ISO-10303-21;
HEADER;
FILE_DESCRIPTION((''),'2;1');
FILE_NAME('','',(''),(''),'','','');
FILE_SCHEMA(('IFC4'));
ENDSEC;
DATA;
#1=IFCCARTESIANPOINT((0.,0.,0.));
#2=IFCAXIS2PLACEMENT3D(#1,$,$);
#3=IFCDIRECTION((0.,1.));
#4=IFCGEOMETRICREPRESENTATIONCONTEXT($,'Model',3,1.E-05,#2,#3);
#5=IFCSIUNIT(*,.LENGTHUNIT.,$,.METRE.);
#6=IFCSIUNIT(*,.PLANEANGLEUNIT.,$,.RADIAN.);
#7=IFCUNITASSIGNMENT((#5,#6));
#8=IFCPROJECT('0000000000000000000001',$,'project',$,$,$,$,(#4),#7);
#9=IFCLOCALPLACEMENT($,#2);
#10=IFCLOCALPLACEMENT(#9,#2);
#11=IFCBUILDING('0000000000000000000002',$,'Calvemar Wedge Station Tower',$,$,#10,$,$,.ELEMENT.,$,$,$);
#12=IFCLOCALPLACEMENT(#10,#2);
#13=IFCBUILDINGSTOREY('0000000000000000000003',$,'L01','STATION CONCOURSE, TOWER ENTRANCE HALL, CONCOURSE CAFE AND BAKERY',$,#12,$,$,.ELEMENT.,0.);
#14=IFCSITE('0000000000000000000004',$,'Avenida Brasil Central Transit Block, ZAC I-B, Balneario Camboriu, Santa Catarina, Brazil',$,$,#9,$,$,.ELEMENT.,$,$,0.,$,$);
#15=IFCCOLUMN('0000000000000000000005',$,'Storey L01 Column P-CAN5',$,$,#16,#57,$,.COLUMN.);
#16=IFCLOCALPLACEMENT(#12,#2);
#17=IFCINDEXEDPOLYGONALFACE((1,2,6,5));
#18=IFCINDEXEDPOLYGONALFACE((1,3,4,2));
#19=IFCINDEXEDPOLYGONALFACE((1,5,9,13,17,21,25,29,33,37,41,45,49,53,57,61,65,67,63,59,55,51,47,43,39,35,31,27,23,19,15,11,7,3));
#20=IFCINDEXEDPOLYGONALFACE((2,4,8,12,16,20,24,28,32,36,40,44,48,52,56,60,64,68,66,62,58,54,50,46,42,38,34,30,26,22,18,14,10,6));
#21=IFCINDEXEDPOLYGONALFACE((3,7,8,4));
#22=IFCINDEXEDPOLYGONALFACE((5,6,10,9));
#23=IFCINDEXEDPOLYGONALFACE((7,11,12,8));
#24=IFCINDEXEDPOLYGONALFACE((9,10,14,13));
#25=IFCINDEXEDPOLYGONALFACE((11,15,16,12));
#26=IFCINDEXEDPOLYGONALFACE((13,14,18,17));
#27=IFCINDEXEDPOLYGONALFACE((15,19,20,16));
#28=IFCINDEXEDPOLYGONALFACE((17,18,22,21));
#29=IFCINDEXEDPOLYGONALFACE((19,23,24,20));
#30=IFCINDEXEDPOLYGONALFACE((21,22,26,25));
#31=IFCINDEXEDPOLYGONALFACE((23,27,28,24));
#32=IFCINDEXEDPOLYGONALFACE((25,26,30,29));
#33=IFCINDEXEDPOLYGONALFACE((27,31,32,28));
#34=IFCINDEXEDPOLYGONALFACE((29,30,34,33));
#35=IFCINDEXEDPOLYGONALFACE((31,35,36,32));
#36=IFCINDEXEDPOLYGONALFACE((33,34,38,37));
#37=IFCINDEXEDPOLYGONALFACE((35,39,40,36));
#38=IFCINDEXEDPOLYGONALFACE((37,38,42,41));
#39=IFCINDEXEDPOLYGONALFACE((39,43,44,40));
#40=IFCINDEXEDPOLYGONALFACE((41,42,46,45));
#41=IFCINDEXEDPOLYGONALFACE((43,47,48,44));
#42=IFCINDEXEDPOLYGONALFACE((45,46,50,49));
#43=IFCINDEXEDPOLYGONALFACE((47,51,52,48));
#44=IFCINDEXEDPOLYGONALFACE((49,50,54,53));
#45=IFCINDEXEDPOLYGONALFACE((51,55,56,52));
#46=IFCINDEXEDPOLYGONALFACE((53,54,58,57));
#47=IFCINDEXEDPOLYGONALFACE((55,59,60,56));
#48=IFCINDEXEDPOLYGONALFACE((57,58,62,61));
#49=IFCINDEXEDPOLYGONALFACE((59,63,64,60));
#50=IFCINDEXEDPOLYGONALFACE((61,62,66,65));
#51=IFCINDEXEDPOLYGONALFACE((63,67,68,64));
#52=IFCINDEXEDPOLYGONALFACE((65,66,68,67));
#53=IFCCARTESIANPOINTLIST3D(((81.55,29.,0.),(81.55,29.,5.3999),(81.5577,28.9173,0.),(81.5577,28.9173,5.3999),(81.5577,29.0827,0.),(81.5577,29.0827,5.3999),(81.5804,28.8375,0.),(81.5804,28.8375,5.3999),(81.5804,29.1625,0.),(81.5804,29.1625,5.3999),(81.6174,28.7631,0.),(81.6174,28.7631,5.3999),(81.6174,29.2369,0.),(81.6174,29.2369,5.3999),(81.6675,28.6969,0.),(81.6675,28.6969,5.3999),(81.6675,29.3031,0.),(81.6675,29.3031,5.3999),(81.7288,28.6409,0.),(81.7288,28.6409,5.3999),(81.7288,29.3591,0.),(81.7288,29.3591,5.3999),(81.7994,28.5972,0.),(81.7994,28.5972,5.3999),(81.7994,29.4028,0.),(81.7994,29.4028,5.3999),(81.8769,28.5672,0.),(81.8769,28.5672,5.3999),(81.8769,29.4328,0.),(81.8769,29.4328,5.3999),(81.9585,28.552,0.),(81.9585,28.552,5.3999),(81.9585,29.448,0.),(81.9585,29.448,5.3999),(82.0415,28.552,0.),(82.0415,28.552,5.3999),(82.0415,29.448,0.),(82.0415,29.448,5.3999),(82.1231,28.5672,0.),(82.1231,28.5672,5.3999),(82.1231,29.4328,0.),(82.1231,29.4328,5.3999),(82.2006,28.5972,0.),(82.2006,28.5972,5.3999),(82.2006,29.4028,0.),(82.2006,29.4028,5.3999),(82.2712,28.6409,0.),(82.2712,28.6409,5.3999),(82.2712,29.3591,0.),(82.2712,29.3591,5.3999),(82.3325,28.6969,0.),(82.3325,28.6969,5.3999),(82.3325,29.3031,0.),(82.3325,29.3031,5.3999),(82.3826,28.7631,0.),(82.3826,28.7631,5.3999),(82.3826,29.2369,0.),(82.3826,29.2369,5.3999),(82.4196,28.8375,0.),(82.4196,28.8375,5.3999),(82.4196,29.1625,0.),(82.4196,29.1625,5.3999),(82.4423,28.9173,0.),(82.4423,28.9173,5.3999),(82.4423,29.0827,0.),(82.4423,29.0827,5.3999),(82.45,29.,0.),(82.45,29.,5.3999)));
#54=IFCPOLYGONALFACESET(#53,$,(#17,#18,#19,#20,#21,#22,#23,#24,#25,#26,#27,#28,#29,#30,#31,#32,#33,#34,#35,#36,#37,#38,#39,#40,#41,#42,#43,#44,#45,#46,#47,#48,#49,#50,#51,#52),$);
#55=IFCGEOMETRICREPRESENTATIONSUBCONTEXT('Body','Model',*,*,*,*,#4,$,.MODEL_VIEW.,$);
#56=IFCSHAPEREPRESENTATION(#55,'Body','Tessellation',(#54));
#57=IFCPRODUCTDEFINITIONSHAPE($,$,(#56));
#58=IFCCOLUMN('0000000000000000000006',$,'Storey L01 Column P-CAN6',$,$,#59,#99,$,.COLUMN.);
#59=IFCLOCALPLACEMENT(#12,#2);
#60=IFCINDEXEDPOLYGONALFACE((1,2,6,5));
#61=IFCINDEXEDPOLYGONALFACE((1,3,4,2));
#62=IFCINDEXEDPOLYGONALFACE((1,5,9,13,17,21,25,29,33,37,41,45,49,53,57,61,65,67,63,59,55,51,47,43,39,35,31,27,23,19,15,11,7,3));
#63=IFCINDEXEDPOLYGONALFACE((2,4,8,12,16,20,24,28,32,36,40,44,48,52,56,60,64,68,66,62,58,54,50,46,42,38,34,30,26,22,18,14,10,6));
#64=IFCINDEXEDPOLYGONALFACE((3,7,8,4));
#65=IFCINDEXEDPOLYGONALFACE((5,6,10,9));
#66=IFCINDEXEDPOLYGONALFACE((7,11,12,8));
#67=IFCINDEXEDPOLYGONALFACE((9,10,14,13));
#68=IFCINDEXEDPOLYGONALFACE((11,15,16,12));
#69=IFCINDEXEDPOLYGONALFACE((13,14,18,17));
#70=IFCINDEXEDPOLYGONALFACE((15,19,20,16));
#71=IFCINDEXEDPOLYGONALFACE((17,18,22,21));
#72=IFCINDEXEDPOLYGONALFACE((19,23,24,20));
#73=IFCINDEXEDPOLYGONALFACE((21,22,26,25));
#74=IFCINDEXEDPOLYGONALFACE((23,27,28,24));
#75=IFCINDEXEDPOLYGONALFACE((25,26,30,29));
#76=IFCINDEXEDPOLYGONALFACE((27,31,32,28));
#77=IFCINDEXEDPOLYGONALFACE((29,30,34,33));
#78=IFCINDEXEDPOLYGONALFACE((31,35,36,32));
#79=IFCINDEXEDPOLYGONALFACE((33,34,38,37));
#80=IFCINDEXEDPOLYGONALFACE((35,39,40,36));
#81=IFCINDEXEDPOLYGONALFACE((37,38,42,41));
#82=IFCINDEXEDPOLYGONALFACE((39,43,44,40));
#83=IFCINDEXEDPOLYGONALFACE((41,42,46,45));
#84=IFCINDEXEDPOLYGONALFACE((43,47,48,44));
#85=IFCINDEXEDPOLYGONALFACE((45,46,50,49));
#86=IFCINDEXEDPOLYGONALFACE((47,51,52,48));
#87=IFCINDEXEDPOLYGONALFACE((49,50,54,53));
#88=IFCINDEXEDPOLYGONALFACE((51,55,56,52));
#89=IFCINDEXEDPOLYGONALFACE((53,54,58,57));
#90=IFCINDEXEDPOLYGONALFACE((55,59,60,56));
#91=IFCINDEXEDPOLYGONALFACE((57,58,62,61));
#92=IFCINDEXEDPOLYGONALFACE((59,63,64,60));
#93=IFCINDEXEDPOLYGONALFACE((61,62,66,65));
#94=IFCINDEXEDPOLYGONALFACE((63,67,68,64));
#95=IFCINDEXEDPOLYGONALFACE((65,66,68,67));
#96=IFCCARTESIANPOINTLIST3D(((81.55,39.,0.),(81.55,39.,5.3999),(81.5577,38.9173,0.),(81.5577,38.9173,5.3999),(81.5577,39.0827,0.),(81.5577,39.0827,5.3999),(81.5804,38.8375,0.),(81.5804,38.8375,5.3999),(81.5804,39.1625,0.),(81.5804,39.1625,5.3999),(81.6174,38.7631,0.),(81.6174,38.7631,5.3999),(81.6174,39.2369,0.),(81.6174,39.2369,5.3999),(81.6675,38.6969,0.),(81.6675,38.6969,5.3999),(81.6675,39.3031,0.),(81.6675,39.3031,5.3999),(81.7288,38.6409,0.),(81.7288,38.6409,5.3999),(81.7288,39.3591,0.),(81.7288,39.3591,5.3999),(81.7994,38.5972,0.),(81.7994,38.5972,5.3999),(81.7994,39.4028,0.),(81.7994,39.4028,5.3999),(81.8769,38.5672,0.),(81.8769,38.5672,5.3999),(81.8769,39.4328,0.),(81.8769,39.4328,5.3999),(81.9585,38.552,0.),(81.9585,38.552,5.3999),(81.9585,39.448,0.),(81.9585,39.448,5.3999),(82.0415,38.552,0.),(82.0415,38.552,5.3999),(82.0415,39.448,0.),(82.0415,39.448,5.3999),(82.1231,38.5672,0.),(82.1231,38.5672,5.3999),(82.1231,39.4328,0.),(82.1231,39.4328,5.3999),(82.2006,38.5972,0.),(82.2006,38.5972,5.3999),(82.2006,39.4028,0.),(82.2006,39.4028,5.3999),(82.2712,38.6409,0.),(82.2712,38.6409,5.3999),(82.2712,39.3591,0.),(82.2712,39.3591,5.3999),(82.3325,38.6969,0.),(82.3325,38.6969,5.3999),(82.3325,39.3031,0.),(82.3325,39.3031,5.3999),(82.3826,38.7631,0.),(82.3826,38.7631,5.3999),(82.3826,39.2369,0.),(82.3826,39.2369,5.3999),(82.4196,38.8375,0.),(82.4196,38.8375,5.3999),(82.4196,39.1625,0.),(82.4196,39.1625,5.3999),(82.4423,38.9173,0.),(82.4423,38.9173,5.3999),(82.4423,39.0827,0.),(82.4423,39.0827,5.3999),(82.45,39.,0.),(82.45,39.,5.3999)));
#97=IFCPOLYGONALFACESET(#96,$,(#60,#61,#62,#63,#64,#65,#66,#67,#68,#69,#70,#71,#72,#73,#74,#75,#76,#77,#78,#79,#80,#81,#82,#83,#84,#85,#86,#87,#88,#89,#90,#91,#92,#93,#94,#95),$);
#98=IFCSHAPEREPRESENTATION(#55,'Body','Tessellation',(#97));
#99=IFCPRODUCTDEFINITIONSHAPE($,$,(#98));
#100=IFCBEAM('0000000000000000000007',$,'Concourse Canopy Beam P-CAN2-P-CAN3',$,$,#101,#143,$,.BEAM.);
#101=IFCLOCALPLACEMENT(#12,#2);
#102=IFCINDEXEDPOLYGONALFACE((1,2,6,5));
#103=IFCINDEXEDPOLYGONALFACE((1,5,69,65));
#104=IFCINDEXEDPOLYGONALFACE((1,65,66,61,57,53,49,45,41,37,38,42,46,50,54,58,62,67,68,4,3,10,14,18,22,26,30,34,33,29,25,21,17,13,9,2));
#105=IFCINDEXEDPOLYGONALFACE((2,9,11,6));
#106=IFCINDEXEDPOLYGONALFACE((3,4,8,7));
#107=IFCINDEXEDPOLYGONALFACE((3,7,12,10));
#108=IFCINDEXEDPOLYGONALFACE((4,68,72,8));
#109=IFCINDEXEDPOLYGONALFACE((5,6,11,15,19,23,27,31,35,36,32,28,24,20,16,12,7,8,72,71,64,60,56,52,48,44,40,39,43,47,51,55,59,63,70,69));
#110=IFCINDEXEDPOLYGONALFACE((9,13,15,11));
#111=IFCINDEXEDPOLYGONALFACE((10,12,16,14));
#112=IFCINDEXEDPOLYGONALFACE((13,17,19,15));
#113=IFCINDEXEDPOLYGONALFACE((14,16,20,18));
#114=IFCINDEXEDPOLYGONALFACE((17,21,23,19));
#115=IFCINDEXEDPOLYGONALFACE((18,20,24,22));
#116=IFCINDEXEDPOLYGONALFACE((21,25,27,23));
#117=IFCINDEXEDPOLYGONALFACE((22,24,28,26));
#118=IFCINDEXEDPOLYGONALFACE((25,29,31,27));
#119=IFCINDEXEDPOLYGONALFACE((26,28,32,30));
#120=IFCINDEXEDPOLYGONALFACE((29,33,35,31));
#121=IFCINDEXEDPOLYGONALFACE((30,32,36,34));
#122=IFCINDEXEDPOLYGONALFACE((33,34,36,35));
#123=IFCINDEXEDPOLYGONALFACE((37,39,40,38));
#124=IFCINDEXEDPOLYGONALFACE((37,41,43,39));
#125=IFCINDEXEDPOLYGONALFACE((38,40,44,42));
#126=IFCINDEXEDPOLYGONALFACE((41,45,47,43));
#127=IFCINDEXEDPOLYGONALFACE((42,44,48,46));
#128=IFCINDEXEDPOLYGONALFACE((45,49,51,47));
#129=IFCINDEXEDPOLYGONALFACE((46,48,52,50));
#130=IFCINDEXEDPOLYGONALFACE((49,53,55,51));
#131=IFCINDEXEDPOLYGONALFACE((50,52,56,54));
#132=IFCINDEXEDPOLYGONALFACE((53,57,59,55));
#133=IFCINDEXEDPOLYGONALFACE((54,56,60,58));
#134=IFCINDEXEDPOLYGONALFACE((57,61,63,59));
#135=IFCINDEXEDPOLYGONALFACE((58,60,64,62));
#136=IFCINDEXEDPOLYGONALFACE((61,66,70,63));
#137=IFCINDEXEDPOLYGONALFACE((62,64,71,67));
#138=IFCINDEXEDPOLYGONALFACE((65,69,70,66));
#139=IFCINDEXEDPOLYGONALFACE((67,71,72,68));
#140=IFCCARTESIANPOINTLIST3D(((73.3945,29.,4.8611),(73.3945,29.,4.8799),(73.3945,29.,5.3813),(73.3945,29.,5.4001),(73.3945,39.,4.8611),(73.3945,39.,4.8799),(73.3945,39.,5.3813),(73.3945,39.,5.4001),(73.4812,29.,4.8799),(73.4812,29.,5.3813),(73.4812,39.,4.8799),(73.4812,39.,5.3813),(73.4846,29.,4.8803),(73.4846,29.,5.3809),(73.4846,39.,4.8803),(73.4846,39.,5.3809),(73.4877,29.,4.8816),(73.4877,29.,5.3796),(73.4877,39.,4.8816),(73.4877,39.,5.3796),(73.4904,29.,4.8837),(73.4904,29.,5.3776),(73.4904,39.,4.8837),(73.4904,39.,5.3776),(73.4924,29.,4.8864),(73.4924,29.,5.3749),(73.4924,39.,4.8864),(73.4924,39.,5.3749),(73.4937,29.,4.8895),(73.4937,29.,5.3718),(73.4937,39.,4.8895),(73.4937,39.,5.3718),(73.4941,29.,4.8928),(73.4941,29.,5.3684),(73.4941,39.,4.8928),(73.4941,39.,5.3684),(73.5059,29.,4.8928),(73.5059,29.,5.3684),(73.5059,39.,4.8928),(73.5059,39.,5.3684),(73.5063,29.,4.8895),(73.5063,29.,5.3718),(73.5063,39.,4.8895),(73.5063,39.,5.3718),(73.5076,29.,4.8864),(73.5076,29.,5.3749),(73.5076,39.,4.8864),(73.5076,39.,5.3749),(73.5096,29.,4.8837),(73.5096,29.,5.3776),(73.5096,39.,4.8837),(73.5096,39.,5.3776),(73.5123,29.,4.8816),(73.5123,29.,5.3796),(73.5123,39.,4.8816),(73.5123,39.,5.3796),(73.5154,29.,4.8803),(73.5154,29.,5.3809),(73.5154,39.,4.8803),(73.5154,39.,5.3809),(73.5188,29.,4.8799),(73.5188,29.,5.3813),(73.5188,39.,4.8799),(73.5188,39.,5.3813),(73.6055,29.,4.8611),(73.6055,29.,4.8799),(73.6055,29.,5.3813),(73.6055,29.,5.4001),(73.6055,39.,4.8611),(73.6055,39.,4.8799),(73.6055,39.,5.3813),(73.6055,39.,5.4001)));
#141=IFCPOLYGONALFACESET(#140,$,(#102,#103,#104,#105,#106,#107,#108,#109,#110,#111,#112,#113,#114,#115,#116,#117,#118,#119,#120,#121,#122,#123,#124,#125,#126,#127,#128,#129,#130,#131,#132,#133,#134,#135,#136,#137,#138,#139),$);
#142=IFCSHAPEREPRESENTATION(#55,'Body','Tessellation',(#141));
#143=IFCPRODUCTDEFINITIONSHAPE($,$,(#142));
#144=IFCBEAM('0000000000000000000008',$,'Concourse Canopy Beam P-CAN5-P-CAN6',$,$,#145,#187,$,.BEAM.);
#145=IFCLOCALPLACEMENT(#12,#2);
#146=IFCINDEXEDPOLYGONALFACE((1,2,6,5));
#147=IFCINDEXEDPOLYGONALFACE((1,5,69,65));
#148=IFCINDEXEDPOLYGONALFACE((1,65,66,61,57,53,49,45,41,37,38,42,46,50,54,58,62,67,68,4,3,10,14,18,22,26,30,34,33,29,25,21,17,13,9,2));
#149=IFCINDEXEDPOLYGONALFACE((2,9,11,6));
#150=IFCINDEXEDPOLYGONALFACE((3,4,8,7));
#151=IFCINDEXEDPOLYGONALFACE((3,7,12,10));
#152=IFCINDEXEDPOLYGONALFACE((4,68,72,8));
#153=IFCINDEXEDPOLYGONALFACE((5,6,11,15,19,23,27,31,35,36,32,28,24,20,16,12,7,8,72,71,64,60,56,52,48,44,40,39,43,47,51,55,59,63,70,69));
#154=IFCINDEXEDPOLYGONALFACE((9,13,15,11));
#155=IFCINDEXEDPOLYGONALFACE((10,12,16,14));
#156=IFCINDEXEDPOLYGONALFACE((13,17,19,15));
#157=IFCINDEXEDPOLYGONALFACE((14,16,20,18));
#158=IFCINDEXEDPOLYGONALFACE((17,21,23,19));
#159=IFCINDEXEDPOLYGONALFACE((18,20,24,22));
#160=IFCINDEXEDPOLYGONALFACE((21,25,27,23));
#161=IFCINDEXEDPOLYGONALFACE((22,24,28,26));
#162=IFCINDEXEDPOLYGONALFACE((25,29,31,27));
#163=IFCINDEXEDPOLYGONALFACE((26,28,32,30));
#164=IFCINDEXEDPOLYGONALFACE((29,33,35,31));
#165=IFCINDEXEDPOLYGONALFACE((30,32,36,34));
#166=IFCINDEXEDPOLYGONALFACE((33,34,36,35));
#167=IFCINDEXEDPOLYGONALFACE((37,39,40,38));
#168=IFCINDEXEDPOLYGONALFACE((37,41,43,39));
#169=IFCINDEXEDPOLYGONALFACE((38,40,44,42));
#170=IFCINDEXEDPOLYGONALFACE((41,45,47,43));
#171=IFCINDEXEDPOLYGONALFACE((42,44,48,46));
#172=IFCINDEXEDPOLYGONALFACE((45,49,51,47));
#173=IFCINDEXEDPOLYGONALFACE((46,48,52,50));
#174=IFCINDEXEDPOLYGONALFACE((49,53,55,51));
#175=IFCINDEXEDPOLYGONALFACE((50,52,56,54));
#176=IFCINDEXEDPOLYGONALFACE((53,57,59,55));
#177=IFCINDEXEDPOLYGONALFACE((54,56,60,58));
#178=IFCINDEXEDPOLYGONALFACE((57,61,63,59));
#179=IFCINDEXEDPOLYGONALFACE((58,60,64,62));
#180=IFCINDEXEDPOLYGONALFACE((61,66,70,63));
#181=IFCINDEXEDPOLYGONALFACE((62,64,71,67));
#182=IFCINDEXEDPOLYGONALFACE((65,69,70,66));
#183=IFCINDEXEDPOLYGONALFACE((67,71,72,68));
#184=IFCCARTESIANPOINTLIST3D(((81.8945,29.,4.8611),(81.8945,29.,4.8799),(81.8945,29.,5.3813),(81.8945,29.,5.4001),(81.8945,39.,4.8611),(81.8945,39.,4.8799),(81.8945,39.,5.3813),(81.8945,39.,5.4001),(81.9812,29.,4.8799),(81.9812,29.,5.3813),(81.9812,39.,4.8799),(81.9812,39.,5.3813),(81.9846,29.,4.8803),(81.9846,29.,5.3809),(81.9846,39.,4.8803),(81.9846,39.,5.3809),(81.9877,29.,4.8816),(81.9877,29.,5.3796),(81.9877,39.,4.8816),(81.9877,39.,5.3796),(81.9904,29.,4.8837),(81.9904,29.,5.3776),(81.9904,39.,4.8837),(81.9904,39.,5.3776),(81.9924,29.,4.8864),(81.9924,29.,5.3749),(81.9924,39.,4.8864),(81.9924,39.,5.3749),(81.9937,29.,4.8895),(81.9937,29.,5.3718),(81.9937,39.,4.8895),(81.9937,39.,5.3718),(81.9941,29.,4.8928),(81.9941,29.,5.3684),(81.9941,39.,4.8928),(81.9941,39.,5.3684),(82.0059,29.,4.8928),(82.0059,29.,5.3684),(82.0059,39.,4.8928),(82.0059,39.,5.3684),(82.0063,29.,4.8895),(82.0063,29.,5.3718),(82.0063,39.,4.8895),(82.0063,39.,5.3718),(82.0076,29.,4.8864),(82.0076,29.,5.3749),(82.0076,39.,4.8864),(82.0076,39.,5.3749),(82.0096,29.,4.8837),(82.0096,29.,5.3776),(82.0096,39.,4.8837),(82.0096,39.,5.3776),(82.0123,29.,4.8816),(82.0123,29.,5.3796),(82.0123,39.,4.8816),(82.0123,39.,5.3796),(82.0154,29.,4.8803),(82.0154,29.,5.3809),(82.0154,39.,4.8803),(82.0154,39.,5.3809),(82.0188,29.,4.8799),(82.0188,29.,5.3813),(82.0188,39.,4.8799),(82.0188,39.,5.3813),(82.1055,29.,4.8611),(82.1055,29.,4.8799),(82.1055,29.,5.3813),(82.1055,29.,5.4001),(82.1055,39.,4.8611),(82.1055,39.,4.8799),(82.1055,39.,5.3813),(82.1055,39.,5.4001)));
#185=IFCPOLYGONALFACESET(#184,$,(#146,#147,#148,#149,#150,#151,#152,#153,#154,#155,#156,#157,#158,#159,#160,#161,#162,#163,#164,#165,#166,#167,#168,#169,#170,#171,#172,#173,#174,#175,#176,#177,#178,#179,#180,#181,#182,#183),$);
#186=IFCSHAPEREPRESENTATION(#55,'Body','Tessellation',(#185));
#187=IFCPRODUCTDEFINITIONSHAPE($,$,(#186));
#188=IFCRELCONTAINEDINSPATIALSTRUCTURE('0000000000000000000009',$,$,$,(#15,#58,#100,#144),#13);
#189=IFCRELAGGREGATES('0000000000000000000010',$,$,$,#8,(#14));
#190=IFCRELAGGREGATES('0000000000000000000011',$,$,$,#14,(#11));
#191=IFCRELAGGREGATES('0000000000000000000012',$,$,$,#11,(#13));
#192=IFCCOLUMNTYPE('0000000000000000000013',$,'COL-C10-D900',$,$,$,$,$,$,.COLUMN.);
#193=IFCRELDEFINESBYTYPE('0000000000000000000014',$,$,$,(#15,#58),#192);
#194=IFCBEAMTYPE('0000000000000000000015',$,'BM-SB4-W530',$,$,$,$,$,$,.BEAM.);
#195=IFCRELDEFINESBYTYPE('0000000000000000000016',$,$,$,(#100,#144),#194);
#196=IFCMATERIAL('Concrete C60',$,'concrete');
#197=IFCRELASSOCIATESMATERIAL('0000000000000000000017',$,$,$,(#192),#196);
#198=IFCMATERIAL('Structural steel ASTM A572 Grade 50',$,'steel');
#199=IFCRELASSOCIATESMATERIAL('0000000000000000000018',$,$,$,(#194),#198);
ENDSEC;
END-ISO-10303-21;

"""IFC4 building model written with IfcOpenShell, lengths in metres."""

from ifc_helpers import new_model, si_unit, direction, frame, origin, origin_2d, place, context, subcontext, project, spatial, circle, i_section, extrude, source, transform, mapped, material, material_profile, profile_set, type_object, element, save


model = new_model("IFC4")

# Units and contexts
model_context = context("Model", 3, precision=1e-05, world=origin(), true_north=direction((0.0, 1.0)))
body_context = subcontext(model_context, "Body", "Model", "MODEL_VIEW")
ifc_project = project(units=[si_unit("LENGTHUNIT", "METRE"), si_unit("PLANEANGLEUNIT", "RADIAN")], contexts=[model_context])

# Site, building, storey
site_placement = place(None, origin())
site = spatial("IfcSite", under=ifc_project, at=site_placement, Name="Avenida Brasil Central Transit Block, ZAC I-B, Balneario Camboriu, Santa Catarina, Brazil", CompositionType="ELEMENT", RefElevation=0.0)
building_placement = place(site_placement, origin())
building = spatial("IfcBuilding", under=site, at=building_placement, Name="Calvemar Wedge Station Tower", CompositionType="ELEMENT")
storey_placement = place(building_placement, origin())
storey = spatial("IfcBuildingStorey", under=building, at=storey_placement, Name="L01", Description="STATION CONCOURSE, TOWER ENTRANCE HALL, CONCOURSE CAFE AND BAKERY", CompositionType="ELEMENT", Elevation=0.0)

# Columns
ifc_material_1 = material(Name="Concrete C60", Category="concrete")
ifc_material_profile_1 = material_profile(ifc_material_1, circle(Radius=0.45, at=origin_2d()), Name="RC-D900")
ifc_profile_set_1 = profile_set([ifc_material_profile_1], Name="Concrete C60")
column_type_1 = type_object("IfcColumnType", Name="COL-C10-D900", PredefinedType="COLUMN", material=ifc_profile_set_1)
shared_shape_1 = source(origin(), body_context, "Body", "SweptSolid", [
    extrude(circle(Radius=0.45, at=origin_2d()), origin(), (0.0, 0.0, 1.0), 5.3999),
])
for number, where, z_axis, x_axis, name in (
    (1, (82.0, 29.0, 0.0), (0.0, 0.0, 1.0), (1.0, 0.0, 0.0), "Storey L01 Column P-CAN5"),
    (2, (82.0, 39.0, 0.0), (0.0, 0.0, 1.0), (1.0, 0.0, 0.0), "Storey L01 Column P-CAN6"),
):
    element("IfcColumn", number, at=place(storey_placement, frame(where, z_axis=z_axis, x_axis=x_axis)), inside=storey, type_object=column_type_1, Name=name, PredefinedType="COLUMN", context=body_context, shape_type="MappedRepresentation", body=[
        mapped(shared_shape_1, transform((0.0, 0.0, 0.0), scale=1.0)),
    ])

# Beams
ifc_material_2 = material(Name="Structural steel ASTM A572 Grade 50", Category="steel")
ifc_material_profile_2 = material_profile(ifc_material_2, i_section(OverallWidth=0.2109, OverallDepth=0.5391, WebThickness=0.0117, FlangeThickness=0.0188, FilletRadius=0.0129, at=origin_2d()), Name="W530x109")
ifc_profile_set_2 = profile_set([ifc_material_profile_2], Name="Structural steel ASTM A572 Grade 50")
beam_type = type_object("IfcBeamType", Name="BM-SB4-W530", PredefinedType="BEAM", material=ifc_profile_set_2)
shared_shape_2 = source(origin(), body_context, "Body", "SweptSolid", [
    extrude(i_section(OverallWidth=0.2109, OverallDepth=0.5391, WebThickness=0.0117, FlangeThickness=0.0188, FilletRadius=0.0129, at=origin_2d()), origin(), (0.0, 0.0, 1.0), 10.0),
])
for number, where, z_axis, x_axis, name in (
    (3, (73.5, 29.0, 5.1306), (0.0, 1.0, 0.0), (-1.0, 0.0, 0.0), "Concourse Canopy Beam P-CAN2-P-CAN3"),
    (4, (82.0, 29.0, 5.1306), (0.0, 1.0, 0.0), (-1.0, 0.0, 0.0), "Concourse Canopy Beam P-CAN5-P-CAN6"),
):
    element("IfcBeam", number, at=place(storey_placement, frame(where, z_axis=z_axis, x_axis=x_axis)), inside=storey, type_object=beam_type, Name=name, PredefinedType="BEAM", context=body_context, shape_type="MappedRepresentation", body=[
        mapped(shared_shape_2, transform((0.0, 0.0, 0.0), scale=1.0)),
    ])

save(model, "model.ifc")
